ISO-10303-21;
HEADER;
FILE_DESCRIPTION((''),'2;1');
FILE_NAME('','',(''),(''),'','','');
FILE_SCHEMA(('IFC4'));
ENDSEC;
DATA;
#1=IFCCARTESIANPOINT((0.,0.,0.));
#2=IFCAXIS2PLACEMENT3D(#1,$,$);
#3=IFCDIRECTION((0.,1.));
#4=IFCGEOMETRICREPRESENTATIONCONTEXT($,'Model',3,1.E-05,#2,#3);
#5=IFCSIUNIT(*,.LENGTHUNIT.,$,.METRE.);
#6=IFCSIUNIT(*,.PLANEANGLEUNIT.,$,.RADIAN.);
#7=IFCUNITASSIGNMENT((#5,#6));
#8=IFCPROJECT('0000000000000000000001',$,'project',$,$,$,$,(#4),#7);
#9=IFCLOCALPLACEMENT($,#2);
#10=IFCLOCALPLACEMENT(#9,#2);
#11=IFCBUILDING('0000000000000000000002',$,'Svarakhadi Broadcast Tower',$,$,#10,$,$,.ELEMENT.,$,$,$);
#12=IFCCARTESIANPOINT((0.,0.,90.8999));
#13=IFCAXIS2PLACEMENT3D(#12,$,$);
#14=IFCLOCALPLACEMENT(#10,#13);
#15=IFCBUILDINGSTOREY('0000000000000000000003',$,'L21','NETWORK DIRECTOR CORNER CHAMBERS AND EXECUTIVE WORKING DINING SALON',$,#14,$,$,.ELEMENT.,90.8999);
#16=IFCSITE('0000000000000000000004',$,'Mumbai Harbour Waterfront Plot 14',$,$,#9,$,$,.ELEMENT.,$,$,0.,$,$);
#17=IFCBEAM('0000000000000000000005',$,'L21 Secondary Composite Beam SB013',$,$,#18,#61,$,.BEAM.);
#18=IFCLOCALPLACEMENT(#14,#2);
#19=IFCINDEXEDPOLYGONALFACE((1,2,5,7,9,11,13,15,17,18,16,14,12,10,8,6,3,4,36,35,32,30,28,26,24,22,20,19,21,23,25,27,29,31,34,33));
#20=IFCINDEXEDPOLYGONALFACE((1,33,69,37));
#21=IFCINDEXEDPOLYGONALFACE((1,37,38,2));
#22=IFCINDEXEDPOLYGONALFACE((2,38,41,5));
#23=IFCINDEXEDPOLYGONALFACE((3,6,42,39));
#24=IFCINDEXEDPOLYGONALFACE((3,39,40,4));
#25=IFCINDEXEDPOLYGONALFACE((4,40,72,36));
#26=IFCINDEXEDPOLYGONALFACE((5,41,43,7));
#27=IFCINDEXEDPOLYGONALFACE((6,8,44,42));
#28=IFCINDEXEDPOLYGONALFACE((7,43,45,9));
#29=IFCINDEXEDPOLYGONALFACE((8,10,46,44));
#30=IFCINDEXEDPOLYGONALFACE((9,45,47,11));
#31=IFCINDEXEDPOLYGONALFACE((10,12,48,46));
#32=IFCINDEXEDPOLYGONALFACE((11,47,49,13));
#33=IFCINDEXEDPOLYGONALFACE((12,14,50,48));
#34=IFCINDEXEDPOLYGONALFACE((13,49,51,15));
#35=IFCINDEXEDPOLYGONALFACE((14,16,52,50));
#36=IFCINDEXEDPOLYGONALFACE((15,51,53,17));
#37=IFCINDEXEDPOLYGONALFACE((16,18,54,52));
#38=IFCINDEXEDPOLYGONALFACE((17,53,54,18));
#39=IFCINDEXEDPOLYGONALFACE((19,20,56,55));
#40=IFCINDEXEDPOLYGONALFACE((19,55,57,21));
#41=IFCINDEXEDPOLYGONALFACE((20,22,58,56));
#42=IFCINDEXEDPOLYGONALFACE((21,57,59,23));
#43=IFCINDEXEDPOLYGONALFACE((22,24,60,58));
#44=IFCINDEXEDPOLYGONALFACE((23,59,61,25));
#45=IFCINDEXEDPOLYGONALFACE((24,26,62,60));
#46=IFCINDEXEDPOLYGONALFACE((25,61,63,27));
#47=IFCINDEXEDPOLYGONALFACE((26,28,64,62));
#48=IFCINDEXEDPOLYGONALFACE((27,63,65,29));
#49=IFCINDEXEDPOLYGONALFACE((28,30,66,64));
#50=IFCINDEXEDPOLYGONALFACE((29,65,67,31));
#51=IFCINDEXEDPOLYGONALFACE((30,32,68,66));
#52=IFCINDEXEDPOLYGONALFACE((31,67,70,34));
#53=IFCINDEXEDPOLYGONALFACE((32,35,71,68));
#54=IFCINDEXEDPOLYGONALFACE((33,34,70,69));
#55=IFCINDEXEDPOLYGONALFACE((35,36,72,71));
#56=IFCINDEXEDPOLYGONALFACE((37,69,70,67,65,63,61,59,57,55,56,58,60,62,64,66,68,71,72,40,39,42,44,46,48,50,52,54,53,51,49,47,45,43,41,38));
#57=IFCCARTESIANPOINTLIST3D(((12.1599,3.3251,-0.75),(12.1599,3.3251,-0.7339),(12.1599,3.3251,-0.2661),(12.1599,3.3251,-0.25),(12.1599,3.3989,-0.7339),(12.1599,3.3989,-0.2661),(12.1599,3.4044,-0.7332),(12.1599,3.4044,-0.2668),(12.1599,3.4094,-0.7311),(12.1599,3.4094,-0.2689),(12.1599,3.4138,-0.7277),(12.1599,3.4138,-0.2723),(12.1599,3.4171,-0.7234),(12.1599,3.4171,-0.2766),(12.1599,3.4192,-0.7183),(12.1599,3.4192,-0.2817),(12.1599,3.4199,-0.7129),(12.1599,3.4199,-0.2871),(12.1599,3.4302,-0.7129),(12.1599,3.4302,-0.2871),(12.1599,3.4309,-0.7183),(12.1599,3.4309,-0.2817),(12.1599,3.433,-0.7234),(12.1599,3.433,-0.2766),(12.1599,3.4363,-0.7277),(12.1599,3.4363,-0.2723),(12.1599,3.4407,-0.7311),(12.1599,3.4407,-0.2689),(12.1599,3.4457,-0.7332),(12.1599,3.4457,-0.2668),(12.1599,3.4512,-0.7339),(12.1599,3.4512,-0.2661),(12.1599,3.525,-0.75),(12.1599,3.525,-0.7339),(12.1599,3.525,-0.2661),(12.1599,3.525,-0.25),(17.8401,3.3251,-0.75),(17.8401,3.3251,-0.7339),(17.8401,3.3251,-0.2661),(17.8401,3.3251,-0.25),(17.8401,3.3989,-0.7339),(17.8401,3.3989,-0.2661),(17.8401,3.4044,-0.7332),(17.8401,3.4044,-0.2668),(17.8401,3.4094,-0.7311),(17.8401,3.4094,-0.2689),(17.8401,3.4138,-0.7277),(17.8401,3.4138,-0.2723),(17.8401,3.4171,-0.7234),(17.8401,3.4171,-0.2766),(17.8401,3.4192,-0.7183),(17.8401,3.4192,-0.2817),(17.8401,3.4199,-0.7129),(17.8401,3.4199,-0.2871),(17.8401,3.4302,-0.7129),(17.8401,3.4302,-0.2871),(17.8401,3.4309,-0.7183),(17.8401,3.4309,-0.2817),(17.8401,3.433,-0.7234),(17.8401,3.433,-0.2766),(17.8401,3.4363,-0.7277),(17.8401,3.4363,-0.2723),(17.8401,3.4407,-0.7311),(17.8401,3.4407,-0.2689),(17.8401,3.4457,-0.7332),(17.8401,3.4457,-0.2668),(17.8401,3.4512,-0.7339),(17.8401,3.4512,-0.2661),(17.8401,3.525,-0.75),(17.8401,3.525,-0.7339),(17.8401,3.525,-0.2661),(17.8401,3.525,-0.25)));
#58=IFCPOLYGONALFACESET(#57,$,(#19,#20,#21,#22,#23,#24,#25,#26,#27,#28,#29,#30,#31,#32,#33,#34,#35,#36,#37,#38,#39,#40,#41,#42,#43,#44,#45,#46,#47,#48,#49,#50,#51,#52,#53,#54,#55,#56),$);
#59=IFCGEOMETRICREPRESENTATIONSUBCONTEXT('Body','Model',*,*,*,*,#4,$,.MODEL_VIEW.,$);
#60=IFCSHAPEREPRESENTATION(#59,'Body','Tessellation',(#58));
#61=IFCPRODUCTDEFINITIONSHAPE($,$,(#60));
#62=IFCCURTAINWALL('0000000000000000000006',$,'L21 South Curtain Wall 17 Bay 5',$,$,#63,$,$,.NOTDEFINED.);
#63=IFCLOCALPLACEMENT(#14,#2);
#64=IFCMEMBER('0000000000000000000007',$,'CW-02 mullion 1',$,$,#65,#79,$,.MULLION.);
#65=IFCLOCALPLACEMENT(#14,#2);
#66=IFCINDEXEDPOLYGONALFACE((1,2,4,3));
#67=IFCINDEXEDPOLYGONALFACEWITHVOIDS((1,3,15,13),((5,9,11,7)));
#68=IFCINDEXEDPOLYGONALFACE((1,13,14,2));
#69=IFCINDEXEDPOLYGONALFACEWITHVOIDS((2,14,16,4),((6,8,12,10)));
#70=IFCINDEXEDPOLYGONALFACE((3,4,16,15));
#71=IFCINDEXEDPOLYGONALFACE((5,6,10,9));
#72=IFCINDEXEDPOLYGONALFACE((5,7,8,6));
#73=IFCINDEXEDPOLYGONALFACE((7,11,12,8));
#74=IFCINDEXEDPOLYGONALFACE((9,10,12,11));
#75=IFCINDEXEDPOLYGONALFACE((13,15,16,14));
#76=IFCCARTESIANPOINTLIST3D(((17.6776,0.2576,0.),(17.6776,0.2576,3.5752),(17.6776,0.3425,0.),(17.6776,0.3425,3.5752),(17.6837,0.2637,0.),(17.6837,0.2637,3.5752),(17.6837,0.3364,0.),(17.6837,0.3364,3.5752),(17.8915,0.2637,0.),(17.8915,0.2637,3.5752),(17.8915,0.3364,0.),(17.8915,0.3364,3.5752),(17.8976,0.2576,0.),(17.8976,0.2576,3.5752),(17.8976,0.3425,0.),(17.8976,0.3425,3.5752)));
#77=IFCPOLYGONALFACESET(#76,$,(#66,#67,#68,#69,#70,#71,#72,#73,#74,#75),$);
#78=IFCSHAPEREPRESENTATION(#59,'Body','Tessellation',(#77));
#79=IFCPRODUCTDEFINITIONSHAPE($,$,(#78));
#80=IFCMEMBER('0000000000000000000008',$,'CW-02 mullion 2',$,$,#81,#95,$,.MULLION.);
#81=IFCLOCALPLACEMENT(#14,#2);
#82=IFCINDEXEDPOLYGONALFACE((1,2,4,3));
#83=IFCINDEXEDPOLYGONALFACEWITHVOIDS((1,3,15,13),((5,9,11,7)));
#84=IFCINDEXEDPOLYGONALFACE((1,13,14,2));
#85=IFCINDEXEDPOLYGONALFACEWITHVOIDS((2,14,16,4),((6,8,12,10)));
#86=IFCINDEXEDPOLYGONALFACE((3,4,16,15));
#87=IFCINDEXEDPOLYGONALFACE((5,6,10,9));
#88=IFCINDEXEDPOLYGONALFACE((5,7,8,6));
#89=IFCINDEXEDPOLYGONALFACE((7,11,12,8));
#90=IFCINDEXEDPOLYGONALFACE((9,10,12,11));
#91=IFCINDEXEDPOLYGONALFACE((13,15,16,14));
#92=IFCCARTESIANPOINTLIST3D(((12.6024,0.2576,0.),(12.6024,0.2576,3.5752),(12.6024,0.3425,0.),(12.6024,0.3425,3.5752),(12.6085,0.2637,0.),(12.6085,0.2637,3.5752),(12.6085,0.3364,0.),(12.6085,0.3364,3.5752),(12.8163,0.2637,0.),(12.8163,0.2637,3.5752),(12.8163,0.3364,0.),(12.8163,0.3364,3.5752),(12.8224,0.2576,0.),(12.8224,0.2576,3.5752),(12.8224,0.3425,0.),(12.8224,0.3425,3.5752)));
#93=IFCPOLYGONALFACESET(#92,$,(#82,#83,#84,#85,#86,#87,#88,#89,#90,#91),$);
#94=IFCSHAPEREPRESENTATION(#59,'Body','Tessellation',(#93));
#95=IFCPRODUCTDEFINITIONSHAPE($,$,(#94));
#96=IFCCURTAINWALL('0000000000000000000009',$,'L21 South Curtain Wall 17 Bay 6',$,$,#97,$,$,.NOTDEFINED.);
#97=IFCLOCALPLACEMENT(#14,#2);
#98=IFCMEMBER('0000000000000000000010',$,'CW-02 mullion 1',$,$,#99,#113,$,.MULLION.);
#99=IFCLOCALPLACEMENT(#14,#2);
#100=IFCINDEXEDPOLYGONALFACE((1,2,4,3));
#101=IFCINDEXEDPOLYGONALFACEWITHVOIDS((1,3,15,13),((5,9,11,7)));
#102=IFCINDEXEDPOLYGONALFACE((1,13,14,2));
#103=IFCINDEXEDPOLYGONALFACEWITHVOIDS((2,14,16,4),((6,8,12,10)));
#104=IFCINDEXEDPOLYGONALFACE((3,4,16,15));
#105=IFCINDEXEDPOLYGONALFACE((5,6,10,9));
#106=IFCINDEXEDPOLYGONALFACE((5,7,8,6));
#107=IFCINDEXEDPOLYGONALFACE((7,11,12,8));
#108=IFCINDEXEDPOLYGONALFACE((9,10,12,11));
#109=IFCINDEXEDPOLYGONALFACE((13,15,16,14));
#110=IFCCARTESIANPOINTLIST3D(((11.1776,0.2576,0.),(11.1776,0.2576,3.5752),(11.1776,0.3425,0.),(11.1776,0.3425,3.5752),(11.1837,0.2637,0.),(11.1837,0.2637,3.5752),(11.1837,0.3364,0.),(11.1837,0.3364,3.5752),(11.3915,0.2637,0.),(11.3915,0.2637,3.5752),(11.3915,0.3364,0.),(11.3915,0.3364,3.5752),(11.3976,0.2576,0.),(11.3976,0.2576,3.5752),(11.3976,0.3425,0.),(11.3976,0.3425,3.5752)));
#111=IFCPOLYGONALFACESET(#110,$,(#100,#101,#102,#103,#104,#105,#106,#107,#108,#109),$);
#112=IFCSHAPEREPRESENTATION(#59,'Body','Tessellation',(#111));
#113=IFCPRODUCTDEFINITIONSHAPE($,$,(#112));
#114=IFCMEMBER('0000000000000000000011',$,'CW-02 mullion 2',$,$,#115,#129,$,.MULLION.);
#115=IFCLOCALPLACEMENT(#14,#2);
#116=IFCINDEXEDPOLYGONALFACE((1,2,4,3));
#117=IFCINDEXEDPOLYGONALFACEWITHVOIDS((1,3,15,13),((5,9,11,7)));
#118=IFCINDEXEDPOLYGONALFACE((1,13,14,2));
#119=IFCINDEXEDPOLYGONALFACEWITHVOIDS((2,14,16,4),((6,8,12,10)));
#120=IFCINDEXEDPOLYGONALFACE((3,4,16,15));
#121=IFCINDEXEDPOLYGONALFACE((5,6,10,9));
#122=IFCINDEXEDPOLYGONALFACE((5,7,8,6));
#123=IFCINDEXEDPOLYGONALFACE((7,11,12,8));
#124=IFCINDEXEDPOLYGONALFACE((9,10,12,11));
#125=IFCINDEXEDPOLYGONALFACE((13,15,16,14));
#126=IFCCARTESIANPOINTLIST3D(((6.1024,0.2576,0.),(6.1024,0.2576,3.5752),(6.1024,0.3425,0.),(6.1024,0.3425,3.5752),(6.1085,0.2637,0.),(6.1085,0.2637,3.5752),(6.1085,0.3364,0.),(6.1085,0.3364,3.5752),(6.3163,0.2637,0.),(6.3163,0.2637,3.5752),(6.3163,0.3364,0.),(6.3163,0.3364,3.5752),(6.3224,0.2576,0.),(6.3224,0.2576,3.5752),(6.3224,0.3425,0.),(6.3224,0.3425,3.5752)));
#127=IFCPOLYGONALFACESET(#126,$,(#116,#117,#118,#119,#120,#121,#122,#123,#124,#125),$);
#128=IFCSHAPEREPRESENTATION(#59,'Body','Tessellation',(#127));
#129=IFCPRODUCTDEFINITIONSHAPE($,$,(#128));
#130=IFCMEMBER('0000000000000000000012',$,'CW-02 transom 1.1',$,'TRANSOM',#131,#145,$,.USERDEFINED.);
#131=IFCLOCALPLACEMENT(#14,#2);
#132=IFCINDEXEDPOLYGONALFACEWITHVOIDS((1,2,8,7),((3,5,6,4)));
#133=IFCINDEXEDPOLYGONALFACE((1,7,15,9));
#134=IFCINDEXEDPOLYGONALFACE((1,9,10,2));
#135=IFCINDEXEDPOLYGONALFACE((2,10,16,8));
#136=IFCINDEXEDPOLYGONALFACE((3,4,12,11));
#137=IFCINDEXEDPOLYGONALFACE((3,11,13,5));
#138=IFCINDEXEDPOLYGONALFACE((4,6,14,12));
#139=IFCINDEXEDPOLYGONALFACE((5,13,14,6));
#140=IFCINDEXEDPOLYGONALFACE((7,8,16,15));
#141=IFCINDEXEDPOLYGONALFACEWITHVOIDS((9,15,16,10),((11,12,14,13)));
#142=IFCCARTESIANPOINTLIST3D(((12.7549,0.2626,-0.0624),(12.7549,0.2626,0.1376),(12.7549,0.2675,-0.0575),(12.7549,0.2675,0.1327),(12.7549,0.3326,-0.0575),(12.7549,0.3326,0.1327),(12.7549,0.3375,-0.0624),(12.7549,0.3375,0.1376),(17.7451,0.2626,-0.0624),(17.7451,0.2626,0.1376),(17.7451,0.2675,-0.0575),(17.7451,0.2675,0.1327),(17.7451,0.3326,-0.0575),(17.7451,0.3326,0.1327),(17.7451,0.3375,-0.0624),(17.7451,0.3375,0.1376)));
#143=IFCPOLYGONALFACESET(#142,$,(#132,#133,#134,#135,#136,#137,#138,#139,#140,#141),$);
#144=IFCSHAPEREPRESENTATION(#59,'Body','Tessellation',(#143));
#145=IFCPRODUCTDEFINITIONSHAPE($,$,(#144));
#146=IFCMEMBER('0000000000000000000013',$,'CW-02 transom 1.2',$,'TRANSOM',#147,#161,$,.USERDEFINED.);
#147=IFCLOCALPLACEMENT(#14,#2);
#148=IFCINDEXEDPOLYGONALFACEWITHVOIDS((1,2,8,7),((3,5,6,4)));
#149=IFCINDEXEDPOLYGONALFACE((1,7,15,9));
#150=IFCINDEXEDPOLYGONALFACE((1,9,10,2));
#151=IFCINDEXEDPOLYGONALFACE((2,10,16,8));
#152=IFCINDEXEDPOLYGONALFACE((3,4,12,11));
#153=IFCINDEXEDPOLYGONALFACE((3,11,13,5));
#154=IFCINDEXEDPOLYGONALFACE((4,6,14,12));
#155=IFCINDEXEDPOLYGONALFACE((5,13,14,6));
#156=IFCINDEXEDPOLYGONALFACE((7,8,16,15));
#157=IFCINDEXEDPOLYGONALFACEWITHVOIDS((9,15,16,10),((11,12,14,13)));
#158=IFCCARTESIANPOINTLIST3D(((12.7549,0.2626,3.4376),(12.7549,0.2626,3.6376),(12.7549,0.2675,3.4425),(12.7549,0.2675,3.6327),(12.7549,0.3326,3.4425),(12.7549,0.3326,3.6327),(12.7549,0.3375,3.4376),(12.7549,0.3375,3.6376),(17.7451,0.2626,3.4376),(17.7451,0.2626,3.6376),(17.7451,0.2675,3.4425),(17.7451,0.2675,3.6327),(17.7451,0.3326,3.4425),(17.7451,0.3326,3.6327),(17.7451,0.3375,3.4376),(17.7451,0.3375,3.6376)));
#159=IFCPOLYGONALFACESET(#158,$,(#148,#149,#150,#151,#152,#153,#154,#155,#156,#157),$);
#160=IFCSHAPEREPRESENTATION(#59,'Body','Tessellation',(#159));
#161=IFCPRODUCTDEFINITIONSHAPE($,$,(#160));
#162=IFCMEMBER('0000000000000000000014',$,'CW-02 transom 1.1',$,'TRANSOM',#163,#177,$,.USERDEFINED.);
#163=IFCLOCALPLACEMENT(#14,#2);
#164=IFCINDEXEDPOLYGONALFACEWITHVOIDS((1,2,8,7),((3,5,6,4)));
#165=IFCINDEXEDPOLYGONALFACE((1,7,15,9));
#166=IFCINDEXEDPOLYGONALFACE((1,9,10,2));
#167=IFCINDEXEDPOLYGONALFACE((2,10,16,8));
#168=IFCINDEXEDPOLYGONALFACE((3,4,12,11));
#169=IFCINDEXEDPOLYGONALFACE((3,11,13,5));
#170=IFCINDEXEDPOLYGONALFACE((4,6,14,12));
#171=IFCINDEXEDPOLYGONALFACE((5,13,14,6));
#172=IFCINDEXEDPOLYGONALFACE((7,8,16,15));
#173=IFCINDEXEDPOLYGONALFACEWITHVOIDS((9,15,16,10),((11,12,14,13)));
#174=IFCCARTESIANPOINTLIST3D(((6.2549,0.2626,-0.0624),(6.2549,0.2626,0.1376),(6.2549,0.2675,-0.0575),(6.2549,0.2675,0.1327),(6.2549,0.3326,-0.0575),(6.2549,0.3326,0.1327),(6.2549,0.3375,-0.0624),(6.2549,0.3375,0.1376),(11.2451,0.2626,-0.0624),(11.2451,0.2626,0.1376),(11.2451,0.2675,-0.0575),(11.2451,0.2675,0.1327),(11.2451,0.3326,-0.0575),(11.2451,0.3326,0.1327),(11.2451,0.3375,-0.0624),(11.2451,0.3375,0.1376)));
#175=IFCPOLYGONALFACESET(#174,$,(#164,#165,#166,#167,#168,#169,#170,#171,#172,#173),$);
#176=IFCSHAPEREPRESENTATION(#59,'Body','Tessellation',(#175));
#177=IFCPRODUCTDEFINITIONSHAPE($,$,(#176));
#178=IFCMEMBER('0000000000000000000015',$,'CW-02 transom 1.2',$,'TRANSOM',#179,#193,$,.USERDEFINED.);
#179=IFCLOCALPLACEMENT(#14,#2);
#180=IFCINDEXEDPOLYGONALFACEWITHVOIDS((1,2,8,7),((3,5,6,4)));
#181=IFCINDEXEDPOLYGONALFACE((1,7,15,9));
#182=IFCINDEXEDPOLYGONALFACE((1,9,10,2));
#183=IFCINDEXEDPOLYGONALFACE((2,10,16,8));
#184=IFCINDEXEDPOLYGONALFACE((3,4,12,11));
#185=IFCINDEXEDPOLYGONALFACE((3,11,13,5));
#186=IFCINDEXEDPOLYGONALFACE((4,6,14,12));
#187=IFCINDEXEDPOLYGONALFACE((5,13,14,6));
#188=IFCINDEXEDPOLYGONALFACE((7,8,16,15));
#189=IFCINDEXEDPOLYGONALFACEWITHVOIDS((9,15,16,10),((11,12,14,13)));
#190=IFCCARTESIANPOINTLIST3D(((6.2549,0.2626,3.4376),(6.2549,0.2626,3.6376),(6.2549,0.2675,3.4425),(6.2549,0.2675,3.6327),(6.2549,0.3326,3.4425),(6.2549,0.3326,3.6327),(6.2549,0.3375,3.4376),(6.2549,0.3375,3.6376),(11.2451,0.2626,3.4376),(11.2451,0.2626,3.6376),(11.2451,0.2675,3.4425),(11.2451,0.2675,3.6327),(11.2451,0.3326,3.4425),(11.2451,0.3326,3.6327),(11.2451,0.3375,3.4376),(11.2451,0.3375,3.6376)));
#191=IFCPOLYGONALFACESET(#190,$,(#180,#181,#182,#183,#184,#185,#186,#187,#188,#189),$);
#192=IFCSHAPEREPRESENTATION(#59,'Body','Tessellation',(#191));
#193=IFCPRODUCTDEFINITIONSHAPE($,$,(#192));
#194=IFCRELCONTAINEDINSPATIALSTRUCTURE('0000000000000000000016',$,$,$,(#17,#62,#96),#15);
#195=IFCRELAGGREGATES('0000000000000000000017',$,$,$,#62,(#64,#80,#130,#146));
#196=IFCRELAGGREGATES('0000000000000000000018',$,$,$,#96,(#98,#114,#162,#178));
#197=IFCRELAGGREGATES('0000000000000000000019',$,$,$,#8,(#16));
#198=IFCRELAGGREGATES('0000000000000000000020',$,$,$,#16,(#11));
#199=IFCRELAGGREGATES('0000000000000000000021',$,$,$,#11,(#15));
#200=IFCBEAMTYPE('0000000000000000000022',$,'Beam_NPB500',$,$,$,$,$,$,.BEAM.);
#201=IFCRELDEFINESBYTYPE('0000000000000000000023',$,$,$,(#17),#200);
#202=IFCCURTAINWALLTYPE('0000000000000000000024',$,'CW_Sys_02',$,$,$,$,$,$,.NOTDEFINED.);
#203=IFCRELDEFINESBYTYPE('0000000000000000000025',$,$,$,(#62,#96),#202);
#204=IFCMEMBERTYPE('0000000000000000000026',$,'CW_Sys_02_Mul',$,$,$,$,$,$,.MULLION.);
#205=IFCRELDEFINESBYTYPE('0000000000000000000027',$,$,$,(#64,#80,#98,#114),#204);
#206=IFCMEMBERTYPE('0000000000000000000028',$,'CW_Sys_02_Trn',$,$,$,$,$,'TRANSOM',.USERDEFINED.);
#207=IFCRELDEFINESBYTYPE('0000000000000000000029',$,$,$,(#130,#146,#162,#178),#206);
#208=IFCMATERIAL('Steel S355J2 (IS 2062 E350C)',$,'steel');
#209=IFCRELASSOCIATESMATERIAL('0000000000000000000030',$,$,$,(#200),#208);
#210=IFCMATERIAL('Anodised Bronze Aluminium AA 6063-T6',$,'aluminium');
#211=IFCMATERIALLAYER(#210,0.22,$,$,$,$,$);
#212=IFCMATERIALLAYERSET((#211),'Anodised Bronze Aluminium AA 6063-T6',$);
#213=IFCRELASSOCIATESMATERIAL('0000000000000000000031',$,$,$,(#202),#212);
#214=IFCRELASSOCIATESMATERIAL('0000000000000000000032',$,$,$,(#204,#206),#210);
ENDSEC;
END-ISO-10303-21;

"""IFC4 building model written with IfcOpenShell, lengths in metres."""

from ifc_helpers import new_model, si_unit, direction, frame, origin, origin_2d, place, context, subcontext, project, spatial, hollow_rectangle, i_section, extrude, material, layer, layer_set, material_profile, profile_set, type_object, element, aggregate, save


model = new_model("IFC4")

# Units and contexts
model_context = context("Model", 3, precision=1e-05, world=origin(), true_north=direction((0.0, 1.0)))
body_context = subcontext(model_context, "Body", "Model", "MODEL_VIEW")
ifc_project = project(units=[si_unit("LENGTHUNIT", "METRE"), si_unit("PLANEANGLEUNIT", "RADIAN")], contexts=[model_context])

# Site, building, storey
site_placement = place(None, origin())
site = spatial("IfcSite", under=ifc_project, at=site_placement, Name="Mumbai Harbour Waterfront Plot 14", CompositionType="ELEMENT", RefElevation=0.0)
building_placement = place(site_placement, origin())
building = spatial("IfcBuilding", under=site, at=building_placement, Name="Svarakhadi Broadcast Tower", CompositionType="ELEMENT")
storey_placement = place(building_placement, frame((0.0, 0.0, 90.8999)))
storey = spatial("IfcBuildingStorey", under=building, at=storey_placement, Name="L21", Description="NETWORK DIRECTOR CORNER CHAMBERS AND EXECUTIVE WORKING DINING SALON", CompositionType="ELEMENT", Elevation=90.8999)

# Beam
ifc_material_1 = material(Name="Steel S355J2 (IS 2062 E350C)", Category="steel")
ifc_material_profile_1 = material_profile(ifc_material_1, i_section(OverallWidth=0.2, OverallDepth=0.5, WebThickness=0.0103, FlangeThickness=0.0161, FilletRadius=0.021, at=origin_2d()), Name="NPB 500x200x91")
ifc_profile_set_1 = profile_set([ifc_material_profile_1], Name="Steel S355J2 (IS 2062 E350C)")
beam_type_1 = type_object("IfcBeamType", Name="Beam_NPB500", PredefinedType="BEAM", material=ifc_profile_set_1)
for number, where, z_axis, x_axis, name in (
    (1, (12.1599, 3.425, -0.5), (1.0, 0.0, 0.0), (0.0, 1.0, 0.0), "L21 Secondary Composite Beam SB013"),
):
    element("IfcBeam", number, at=place(storey_placement, frame(where, z_axis=z_axis, x_axis=x_axis)), inside=storey, type_object=beam_type_1, Name=name, PredefinedType="BEAM", context=body_context, shape_type="SweptSolid", body=[
        extrude(i_section(OverallWidth=0.2, OverallDepth=0.5, WebThickness=0.0103, FlangeThickness=0.0161, FilletRadius=0.021, at=origin_2d()), origin(), (0.0, 0.0, 1.0), 5.6802),
    ])

# Curtain walls, members
ifc_material_2 = material(Name="Anodised Bronze Aluminium AA 6063-T6", Category="aluminium")
ifc_layer_1 = layer(ifc_material_2, 0.22)
ifc_layer_set_1 = layer_set([ifc_layer_1], Name="Anodised Bronze Aluminium AA 6063-T6")
curtain_wall_type = type_object("IfcCurtainWallType", Name="CW_Sys_02", PredefinedType="NOTDEFINED", material=ifc_layer_set_1)
curtain_wall_1_placement = place(storey_placement, origin())
curtain_wall_1 = element("IfcCurtainWall", 2, at=curtain_wall_1_placement, inside=storey, type_object=curtain_wall_type, Name="L21 South Curtain Wall 17 Bay 5", PredefinedType="NOTDEFINED")
ifc_material_profile_2 = material_profile(ifc_material_2, hollow_rectangle(XDim=0.085, YDim=0.22, WallThickness=0.0061, at=origin_2d()), Name="ALU MULLION 220x85x6")
ifc_profile_set_2 = profile_set([ifc_material_profile_2], Name="Anodised Bronze Aluminium AA 6063-T6")
member_type_1 = type_object("IfcMemberType", Name="CW_Sys_02_Mul", PredefinedType="MULLION", material=ifc_profile_set_2)
member_1_placement = place(storey_placement, frame((17.7876, 0.3, 0.0), z_axis=(0.0, 0.0, 1.0), x_axis=(0.0, -1.0, 0.0)))
member_1 = element("IfcMember", 3, at=member_1_placement, type_object=member_type_1, Name="CW-02 mullion 1", PredefinedType="MULLION", context=body_context, shape_type="SweptSolid", body=[
    extrude(hollow_rectangle(XDim=0.085, YDim=0.22, WallThickness=0.0061, at=origin_2d()), origin(), (0.0, 0.0, 1.0), 3.5752),
])
member_2_placement = place(storey_placement, frame((12.7124, 0.3, 0.0), z_axis=(0.0, 0.0, 1.0), x_axis=(0.0, -1.0, 0.0)))
member_2 = element("IfcMember", 4, at=member_2_placement, type_object=member_type_1, Name="CW-02 mullion 2", PredefinedType="MULLION", context=body_context, shape_type="SweptSolid", body=[
    extrude(hollow_rectangle(XDim=0.085, YDim=0.22, WallThickness=0.0061, at=origin_2d()), origin(), (0.0, 0.0, 1.0), 3.5752),
])
curtain_wall_2_placement = place(storey_placement, origin())
curtain_wall_2 = element("IfcCurtainWall", 5, at=curtain_wall_2_placement, inside=storey, type_object=curtain_wall_type, Name="L21 South Curtain Wall 17 Bay 6", PredefinedType="NOTDEFINED")
member_3_placement = place(storey_placement, frame((11.2876, 0.3, 0.0), z_axis=(0.0, 0.0, 1.0), x_axis=(0.0, -1.0, 0.0)))
member_3 = element("IfcMember", 6, at=member_3_placement, type_object=member_type_1, Name="CW-02 mullion 1", PredefinedType="MULLION", context=body_context, shape_type="SweptSolid", body=[
    extrude(hollow_rectangle(XDim=0.085, YDim=0.22, WallThickness=0.0061, at=origin_2d()), origin(), (0.0, 0.0, 1.0), 3.5752),
])
member_4_placement = place(storey_placement, frame((6.2124, 0.3, 0.0), z_axis=(0.0, 0.0, 1.0), x_axis=(0.0, -1.0, 0.0)))
member_4 = element("IfcMember", 7, at=member_4_placement, type_object=member_type_1, Name="CW-02 mullion 2", PredefinedType="MULLION", context=body_context, shape_type="SweptSolid", body=[
    extrude(hollow_rectangle(XDim=0.085, YDim=0.22, WallThickness=0.0061, at=origin_2d()), origin(), (0.0, 0.0, 1.0), 3.5752),
])

# Members
ifc_material_profile_3 = material_profile(ifc_material_2, hollow_rectangle(XDim=0.075, YDim=0.2, WallThickness=0.0049, at=origin_2d()), Name="ALU TRANSOM 200x75x5")
ifc_profile_set_3 = profile_set([ifc_material_profile_3], Name="Anodised Bronze Aluminium AA 6063-T6")
member_type_2 = type_object("IfcMemberType", Name="CW_Sys_02_Trn", ElementType="TRANSOM", PredefinedType="USERDEFINED", material=ifc_profile_set_3)
member_5_placement = place(storey_placement, frame((17.7451, 0.3, 0.0376), z_axis=(-1.0, 0.0, 0.0), x_axis=(0.0, -1.0, 0.0)))
member_5 = element("IfcMember", 8, at=member_5_placement, type_object=member_type_2, Name="CW-02 transom 1.1", ObjectType="TRANSOM", PredefinedType="USERDEFINED", context=body_context, shape_type="SweptSolid", body=[
    extrude(hollow_rectangle(XDim=0.075, YDim=0.2, WallThickness=0.0049, at=origin_2d()), origin(), (0.0, 0.0, 1.0), 4.9902),
])
member_6_placement = place(storey_placement, frame((17.7451, 0.3, 3.5376), z_axis=(-1.0, 0.0, 0.0), x_axis=(0.0, -1.0, 0.0)))
member_6 = element("IfcMember", 9, at=member_6_placement, type_object=member_type_2, Name="CW-02 transom 1.2", ObjectType="TRANSOM", PredefinedType="USERDEFINED", context=body_context, shape_type="SweptSolid", body=[
    extrude(hollow_rectangle(XDim=0.075, YDim=0.2, WallThickness=0.0049, at=origin_2d()), origin(), (0.0, 0.0, 1.0), 4.9902),
])
member_7_placement = place(storey_placement, frame((11.2451, 0.3, 0.0376), z_axis=(-1.0, 0.0, 0.0), x_axis=(0.0, -1.0, 0.0)))
member_7 = element("IfcMember", 10, at=member_7_placement, type_object=member_type_2, Name="CW-02 transom 1.1", ObjectType="TRANSOM", PredefinedType="USERDEFINED", context=body_context, shape_type="SweptSolid", body=[
    extrude(hollow_rectangle(XDim=0.075, YDim=0.2, WallThickness=0.0049, at=origin_2d()), origin(), (0.0, 0.0, 1.0), 4.9902),
])
member_8_placement = place(storey_placement, frame((11.2451, 0.3, 3.5376), z_axis=(-1.0, 0.0, 0.0), x_axis=(0.0, -1.0, 0.0)))
member_8 = element("IfcMember", 11, at=member_8_placement, type_object=member_type_2, Name="CW-02 transom 1.2", ObjectType="TRANSOM", PredefinedType="USERDEFINED", context=body_context, shape_type="SweptSolid", body=[
    extrude(hollow_rectangle(XDim=0.075, YDim=0.2, WallThickness=0.0049, at=origin_2d()), origin(), (0.0, 0.0, 1.0), 4.9902),
])

aggregate(curtain_wall_1, [member_1, member_2, member_5, member_6])
aggregate(curtain_wall_2, [member_3, member_4, member_7, member_8])

save(model, "model.ifc")
